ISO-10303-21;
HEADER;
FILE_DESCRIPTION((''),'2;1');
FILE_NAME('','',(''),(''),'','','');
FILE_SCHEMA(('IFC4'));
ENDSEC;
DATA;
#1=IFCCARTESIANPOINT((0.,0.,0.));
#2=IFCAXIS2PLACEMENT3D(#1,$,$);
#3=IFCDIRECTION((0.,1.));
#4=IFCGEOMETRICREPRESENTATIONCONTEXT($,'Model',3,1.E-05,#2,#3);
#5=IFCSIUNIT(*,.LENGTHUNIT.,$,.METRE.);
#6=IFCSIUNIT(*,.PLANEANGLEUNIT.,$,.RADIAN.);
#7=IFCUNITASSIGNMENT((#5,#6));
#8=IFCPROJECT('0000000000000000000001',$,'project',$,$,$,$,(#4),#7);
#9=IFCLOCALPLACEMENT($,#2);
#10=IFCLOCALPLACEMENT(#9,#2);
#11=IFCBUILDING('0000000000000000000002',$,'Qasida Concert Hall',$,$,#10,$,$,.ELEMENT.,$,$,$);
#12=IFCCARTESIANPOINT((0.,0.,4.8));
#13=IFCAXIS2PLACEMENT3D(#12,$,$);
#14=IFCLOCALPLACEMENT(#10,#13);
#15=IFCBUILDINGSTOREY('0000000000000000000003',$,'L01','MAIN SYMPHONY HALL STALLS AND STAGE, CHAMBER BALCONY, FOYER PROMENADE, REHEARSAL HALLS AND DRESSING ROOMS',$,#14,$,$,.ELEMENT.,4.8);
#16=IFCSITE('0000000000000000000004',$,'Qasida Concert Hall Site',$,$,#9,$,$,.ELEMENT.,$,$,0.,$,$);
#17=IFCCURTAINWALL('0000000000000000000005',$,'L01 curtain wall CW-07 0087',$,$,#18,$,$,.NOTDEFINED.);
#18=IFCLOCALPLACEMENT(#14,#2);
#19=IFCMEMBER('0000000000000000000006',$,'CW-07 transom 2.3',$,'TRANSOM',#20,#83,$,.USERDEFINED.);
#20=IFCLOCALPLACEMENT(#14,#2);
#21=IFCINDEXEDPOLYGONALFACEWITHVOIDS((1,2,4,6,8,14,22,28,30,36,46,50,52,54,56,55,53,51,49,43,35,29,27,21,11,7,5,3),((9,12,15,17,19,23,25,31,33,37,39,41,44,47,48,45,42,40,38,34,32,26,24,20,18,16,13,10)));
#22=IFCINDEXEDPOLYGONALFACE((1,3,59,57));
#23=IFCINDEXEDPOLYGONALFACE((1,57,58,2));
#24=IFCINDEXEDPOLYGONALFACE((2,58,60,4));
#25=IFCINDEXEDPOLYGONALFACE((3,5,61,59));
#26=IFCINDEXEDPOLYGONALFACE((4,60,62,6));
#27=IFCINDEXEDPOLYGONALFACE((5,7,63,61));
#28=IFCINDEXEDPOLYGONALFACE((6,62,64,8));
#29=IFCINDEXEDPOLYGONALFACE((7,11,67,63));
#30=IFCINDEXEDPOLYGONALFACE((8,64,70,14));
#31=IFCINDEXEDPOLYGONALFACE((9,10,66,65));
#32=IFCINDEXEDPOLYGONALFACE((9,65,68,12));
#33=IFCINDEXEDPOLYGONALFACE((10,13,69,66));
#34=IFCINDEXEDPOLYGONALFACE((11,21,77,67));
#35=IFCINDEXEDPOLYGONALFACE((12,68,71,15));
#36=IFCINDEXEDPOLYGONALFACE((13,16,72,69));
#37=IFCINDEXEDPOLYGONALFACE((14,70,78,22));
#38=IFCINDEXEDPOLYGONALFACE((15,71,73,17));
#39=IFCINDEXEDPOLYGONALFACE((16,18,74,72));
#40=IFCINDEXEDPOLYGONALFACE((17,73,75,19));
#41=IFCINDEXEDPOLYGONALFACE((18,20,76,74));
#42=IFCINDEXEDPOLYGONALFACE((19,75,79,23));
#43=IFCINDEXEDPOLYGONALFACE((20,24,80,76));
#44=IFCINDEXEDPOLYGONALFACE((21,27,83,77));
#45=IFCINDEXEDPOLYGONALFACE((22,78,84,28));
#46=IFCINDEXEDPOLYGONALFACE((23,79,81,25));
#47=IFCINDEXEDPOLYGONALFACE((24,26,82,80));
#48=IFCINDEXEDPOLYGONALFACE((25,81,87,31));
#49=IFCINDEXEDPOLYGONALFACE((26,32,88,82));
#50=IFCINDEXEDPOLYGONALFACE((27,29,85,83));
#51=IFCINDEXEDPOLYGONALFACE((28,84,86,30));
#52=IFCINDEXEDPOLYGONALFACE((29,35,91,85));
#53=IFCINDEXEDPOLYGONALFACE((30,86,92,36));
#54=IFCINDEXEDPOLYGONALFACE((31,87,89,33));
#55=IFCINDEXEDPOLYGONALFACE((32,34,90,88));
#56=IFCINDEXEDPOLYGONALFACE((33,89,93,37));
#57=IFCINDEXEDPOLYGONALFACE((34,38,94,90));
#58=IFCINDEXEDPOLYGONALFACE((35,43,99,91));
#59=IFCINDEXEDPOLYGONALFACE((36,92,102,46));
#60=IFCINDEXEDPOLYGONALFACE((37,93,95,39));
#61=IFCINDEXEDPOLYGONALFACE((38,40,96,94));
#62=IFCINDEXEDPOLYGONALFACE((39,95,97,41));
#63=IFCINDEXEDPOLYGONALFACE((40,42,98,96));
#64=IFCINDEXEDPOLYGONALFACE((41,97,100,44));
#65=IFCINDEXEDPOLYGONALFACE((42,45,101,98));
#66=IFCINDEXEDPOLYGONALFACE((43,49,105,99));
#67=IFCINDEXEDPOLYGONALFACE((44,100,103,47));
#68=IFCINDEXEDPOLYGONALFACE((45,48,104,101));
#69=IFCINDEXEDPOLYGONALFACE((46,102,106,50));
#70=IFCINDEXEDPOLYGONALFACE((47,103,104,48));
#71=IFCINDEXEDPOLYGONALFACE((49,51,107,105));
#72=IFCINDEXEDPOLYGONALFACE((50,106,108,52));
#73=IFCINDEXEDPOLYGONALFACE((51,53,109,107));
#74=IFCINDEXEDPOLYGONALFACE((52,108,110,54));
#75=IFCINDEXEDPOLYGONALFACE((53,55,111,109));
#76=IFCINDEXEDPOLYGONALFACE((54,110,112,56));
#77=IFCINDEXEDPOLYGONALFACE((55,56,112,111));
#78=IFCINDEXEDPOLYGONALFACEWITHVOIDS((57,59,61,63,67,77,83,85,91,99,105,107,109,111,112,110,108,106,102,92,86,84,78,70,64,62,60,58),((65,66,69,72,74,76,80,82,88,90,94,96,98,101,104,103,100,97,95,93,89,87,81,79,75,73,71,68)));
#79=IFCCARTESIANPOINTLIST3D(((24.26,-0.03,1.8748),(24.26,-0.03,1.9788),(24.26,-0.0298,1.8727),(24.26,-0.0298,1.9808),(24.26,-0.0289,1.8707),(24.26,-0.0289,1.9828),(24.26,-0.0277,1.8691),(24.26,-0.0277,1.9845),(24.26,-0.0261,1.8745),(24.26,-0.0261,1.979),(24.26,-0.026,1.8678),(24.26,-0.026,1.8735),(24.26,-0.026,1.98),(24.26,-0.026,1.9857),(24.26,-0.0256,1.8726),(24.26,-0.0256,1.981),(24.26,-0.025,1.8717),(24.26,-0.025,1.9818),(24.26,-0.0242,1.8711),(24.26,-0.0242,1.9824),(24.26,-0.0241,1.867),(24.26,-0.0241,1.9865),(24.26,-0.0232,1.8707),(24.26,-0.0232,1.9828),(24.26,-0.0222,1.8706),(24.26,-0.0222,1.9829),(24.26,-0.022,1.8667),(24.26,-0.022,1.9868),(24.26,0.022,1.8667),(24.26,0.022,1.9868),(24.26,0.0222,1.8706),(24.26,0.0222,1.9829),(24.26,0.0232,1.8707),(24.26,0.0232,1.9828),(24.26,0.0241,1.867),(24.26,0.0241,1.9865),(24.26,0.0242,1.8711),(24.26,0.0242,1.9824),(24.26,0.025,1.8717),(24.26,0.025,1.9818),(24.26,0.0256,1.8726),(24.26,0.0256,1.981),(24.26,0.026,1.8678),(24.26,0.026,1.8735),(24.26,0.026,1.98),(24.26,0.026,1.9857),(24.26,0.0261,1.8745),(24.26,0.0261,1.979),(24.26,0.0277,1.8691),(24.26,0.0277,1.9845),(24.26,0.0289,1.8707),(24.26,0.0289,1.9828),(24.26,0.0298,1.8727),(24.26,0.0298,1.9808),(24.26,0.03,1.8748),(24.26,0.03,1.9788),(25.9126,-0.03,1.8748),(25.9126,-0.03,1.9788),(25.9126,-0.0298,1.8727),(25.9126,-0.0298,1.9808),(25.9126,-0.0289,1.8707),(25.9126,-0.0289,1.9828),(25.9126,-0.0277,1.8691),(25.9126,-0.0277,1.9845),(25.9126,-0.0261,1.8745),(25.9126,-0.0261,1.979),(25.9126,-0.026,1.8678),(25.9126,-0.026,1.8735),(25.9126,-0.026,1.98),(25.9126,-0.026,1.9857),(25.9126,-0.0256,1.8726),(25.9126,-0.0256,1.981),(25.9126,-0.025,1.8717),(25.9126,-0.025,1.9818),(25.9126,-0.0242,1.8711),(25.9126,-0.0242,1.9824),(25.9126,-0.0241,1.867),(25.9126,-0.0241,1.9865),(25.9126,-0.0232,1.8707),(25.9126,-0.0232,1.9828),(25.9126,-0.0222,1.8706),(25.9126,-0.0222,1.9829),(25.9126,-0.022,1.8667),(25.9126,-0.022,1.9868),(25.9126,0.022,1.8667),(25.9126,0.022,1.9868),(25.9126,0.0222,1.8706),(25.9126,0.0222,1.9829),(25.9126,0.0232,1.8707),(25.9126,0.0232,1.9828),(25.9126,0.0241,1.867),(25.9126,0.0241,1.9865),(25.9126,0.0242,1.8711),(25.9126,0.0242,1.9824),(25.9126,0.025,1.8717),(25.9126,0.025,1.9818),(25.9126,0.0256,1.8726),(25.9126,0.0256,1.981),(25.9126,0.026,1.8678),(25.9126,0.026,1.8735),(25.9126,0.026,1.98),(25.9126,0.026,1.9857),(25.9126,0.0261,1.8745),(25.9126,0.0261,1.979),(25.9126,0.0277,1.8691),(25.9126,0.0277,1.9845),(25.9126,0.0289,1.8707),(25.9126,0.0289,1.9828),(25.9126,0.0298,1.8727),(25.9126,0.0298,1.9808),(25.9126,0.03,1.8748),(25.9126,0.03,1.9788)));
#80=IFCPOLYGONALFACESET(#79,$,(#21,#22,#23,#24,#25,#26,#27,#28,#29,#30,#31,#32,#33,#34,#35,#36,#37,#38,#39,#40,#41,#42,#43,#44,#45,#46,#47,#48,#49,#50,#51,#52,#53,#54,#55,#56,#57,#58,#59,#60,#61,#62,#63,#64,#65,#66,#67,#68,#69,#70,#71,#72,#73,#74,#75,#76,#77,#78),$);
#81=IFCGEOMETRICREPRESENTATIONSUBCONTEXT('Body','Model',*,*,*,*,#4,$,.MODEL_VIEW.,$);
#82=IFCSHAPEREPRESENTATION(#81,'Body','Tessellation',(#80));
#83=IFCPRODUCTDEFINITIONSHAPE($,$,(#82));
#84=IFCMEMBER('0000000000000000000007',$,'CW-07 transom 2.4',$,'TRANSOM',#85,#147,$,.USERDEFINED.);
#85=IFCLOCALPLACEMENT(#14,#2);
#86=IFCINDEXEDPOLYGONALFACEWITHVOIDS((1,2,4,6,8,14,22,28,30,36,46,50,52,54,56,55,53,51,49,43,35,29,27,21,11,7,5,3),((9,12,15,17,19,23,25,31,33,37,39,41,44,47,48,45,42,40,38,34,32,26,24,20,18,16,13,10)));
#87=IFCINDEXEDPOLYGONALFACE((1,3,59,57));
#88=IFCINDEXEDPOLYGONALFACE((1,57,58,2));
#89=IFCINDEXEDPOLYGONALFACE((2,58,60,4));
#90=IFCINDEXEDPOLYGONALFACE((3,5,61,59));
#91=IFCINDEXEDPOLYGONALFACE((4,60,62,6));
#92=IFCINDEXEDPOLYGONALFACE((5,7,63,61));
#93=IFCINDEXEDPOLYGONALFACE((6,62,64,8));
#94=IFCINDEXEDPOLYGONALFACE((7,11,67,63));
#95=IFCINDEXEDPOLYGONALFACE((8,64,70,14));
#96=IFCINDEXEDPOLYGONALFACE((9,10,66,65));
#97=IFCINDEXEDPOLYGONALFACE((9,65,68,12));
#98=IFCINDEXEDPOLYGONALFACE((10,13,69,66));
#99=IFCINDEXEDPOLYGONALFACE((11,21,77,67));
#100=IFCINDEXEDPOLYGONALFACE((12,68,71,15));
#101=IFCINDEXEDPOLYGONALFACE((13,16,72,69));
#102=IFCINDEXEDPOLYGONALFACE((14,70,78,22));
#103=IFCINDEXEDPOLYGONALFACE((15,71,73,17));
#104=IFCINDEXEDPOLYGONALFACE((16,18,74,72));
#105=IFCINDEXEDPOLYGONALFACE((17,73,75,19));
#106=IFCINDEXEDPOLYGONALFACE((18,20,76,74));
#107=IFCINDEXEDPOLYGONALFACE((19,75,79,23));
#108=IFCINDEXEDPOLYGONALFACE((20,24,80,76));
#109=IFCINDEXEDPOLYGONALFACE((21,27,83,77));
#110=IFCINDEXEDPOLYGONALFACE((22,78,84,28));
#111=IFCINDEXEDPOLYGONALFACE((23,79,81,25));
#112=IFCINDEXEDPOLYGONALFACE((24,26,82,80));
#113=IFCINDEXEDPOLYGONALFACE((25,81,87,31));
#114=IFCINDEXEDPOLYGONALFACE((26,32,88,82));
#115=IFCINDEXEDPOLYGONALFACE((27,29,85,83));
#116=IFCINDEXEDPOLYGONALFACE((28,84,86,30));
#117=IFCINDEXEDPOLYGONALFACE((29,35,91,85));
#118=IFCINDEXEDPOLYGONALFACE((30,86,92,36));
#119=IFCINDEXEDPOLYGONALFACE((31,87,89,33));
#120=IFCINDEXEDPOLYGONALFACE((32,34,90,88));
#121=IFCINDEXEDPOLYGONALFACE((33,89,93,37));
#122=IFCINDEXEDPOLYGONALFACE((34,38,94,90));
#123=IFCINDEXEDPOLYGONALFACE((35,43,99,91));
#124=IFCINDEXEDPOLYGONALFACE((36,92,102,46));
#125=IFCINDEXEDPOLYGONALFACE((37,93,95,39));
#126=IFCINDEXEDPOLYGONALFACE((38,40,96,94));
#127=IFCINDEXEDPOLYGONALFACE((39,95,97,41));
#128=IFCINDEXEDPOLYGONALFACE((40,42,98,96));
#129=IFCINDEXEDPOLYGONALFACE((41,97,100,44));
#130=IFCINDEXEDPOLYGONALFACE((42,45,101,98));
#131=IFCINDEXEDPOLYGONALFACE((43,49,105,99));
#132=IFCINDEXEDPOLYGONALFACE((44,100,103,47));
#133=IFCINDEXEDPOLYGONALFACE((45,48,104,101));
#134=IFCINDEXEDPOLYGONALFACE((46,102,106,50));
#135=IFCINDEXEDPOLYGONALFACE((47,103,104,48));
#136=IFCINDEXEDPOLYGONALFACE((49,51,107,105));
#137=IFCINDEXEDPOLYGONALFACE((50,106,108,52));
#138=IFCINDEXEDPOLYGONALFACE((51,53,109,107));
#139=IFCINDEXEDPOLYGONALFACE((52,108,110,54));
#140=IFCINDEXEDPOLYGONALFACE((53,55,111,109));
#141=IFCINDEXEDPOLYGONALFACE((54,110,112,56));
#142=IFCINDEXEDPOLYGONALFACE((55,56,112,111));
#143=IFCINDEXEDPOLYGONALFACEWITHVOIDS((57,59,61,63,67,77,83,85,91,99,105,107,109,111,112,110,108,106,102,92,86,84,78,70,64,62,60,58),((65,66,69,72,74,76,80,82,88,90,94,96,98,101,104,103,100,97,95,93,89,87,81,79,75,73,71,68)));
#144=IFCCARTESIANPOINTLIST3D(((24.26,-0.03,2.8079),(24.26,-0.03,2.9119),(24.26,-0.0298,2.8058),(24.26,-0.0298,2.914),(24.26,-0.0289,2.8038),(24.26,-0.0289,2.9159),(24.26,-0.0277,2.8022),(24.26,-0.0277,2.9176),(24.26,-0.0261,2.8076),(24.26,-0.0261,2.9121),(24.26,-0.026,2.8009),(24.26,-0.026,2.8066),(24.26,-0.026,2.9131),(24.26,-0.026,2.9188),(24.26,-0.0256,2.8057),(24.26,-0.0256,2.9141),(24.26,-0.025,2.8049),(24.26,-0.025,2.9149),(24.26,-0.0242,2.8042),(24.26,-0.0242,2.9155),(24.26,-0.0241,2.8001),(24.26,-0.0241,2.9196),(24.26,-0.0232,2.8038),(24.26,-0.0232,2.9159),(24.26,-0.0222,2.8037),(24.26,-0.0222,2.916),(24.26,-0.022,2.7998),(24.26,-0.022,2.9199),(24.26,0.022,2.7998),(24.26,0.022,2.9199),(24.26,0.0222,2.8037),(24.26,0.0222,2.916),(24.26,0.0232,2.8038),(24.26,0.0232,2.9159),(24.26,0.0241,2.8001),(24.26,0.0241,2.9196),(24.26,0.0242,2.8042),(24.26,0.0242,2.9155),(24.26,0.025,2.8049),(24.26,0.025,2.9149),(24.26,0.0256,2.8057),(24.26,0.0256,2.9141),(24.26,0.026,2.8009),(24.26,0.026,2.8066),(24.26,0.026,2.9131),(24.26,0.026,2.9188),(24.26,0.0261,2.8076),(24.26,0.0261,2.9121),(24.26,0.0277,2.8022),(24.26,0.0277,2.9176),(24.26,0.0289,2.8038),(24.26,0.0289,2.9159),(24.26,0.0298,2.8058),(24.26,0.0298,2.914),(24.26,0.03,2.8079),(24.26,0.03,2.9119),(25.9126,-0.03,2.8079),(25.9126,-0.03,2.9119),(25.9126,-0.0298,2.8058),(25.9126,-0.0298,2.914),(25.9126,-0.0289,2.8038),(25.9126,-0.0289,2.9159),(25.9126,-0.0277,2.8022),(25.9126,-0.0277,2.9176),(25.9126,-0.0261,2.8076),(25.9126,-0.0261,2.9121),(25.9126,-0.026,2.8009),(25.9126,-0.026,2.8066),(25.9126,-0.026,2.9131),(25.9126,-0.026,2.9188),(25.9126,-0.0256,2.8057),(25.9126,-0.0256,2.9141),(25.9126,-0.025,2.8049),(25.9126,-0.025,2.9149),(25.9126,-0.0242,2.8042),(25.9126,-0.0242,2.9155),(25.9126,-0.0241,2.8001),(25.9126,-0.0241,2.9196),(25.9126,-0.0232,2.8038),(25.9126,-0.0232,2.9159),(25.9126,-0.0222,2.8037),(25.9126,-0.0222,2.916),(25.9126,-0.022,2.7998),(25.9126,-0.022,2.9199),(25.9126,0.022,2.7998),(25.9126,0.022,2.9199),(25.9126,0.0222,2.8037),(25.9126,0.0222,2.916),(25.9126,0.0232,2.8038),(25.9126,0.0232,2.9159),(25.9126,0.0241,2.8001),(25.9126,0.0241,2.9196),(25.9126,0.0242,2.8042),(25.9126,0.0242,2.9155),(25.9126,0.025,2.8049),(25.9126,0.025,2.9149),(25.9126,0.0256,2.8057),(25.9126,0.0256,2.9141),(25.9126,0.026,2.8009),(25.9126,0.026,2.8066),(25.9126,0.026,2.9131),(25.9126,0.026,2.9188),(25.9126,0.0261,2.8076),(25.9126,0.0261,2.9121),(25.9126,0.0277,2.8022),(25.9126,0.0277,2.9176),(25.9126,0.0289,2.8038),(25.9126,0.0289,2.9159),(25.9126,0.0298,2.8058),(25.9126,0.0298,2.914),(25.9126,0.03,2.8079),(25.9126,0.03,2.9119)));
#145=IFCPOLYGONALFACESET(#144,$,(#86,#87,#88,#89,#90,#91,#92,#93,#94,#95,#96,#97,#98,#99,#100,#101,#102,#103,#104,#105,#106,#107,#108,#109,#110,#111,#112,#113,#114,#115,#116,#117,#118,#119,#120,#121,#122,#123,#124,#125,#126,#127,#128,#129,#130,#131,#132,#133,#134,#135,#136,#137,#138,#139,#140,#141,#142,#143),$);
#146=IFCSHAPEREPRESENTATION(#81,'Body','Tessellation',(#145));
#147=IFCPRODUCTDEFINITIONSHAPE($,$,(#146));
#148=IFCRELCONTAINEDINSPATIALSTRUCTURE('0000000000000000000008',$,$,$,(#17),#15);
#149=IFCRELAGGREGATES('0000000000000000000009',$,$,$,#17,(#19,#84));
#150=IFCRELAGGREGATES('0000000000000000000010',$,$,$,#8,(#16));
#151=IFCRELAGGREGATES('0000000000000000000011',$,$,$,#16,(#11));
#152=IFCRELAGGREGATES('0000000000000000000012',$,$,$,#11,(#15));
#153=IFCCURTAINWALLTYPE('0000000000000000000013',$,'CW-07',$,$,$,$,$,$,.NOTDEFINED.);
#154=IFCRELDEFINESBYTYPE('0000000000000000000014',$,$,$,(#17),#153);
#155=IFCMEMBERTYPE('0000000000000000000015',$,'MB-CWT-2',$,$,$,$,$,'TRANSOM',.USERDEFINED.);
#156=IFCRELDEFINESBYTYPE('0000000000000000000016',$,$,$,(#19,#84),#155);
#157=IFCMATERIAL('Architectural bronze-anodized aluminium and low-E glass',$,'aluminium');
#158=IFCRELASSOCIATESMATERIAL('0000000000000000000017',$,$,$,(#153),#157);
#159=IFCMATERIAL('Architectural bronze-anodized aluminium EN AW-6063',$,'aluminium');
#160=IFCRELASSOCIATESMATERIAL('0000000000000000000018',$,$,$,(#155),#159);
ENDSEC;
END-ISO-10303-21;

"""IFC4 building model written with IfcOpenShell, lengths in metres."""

from ifc_helpers import new_model, si_unit, direction, frame, origin, origin_2d, place, context, subcontext, project, spatial, hollow_rectangle, extrude, material, material_profile, profile_set, type_object, element, aggregate, save


model = new_model("IFC4")

# Units and contexts
model_context = context("Model", 3, precision=1e-05, world=origin(), true_north=direction((0.0, 1.0)))
body_context = subcontext(model_context, "Body", "Model", "MODEL_VIEW")
ifc_project = project(units=[si_unit("LENGTHUNIT", "METRE"), si_unit("PLANEANGLEUNIT", "RADIAN")], contexts=[model_context])

# Site, building, storey
site_placement = place(None, origin())
site = spatial("IfcSite", under=ifc_project, at=site_placement, Name="Qasida Concert Hall Site", CompositionType="ELEMENT", RefElevation=0.0)
building_placement = place(site_placement, origin())
building = spatial("IfcBuilding", under=site, at=building_placement, Name="Qasida Concert Hall", CompositionType="ELEMENT")
storey_placement = place(building_placement, frame((0.0, 0.0, 4.8)))
storey = spatial("IfcBuildingStorey", under=building, at=storey_placement, Name="L01", Description="MAIN SYMPHONY HALL STALLS AND STAGE, CHAMBER BALCONY, FOYER PROMENADE, REHEARSAL HALLS AND DRESSING ROOMS", CompositionType="ELEMENT", Elevation=4.8)

# Shared definitions
ifc_material_1 = material(Name="Architectural bronze-anodized aluminium and low-E glass", Category="aluminium")
curtain_wall_type = type_object("IfcCurtainWallType", Name="CW-07", PredefinedType="NOTDEFINED", material=ifc_material_1)
ifc_material_2 = material(Name="Architectural bronze-anodized aluminium EN AW-6063", Category="aluminium")

# Curtain wall, members
curtain_wall_1_placement = place(storey_placement, origin())
curtain_wall_1 = element("IfcCurtainWall", 1, at=curtain_wall_1_placement, inside=storey, type_object=curtain_wall_type, Name="L01 curtain wall CW-07 0087", PredefinedType="NOTDEFINED")
ifc_material_profile_1 = material_profile(ifc_material_2, hollow_rectangle(XDim=0.0601, YDim=0.1201, WallThickness=0.0039, InnerFilletRadius=0.0039, OuterFilletRadius=0.0081, at=origin_2d()), Name="CWT 120x60x4")
ifc_profile_set_1 = profile_set([ifc_material_profile_1], Name="Architectural bronze-anodized aluminium EN AW-6063")
member_type_1 = type_object("IfcMemberType", Name="MB-CWT-2", ElementType="TRANSOM", PredefinedType="USERDEFINED", material=ifc_profile_set_1)
member_1_placement = place(storey_placement, frame((24.26, 0.0, 1.9268), z_axis=(1.0, 0.0, 0.0), x_axis=(0.0, 1.0, 0.0)))
member_1 = element("IfcMember", 2, at=member_1_placement, type_object=member_type_1, Name="CW-07 transom 2.3", ObjectType="TRANSOM", PredefinedType="USERDEFINED", context=body_context, shape_type="SweptSolid", body=[
    extrude(hollow_rectangle(XDim=0.0601, YDim=0.1201, WallThickness=0.0039, InnerFilletRadius=0.0039, OuterFilletRadius=0.0081, at=origin_2d()), origin(), (0.0, 0.0, 1.0), 1.6526),
])
member_2_placement = place(storey_placement, frame((24.26, 0.0, 2.8599), z_axis=(1.0, 0.0, 0.0), x_axis=(0.0, 1.0, 0.0)))
member_2 = element("IfcMember", 3, at=member_2_placement, type_object=member_type_1, Name="CW-07 transom 2.4", ObjectType="TRANSOM", PredefinedType="USERDEFINED", context=body_context, shape_type="SweptSolid", body=[
    extrude(hollow_rectangle(XDim=0.0601, YDim=0.1201, WallThickness=0.0039, InnerFilletRadius=0.0039, OuterFilletRadius=0.0081, at=origin_2d()), origin(), (0.0, 0.0, 1.0), 1.6526),
])

aggregate(curtain_wall_1, [member_1, member_2])

save(model, "model.ifc")
